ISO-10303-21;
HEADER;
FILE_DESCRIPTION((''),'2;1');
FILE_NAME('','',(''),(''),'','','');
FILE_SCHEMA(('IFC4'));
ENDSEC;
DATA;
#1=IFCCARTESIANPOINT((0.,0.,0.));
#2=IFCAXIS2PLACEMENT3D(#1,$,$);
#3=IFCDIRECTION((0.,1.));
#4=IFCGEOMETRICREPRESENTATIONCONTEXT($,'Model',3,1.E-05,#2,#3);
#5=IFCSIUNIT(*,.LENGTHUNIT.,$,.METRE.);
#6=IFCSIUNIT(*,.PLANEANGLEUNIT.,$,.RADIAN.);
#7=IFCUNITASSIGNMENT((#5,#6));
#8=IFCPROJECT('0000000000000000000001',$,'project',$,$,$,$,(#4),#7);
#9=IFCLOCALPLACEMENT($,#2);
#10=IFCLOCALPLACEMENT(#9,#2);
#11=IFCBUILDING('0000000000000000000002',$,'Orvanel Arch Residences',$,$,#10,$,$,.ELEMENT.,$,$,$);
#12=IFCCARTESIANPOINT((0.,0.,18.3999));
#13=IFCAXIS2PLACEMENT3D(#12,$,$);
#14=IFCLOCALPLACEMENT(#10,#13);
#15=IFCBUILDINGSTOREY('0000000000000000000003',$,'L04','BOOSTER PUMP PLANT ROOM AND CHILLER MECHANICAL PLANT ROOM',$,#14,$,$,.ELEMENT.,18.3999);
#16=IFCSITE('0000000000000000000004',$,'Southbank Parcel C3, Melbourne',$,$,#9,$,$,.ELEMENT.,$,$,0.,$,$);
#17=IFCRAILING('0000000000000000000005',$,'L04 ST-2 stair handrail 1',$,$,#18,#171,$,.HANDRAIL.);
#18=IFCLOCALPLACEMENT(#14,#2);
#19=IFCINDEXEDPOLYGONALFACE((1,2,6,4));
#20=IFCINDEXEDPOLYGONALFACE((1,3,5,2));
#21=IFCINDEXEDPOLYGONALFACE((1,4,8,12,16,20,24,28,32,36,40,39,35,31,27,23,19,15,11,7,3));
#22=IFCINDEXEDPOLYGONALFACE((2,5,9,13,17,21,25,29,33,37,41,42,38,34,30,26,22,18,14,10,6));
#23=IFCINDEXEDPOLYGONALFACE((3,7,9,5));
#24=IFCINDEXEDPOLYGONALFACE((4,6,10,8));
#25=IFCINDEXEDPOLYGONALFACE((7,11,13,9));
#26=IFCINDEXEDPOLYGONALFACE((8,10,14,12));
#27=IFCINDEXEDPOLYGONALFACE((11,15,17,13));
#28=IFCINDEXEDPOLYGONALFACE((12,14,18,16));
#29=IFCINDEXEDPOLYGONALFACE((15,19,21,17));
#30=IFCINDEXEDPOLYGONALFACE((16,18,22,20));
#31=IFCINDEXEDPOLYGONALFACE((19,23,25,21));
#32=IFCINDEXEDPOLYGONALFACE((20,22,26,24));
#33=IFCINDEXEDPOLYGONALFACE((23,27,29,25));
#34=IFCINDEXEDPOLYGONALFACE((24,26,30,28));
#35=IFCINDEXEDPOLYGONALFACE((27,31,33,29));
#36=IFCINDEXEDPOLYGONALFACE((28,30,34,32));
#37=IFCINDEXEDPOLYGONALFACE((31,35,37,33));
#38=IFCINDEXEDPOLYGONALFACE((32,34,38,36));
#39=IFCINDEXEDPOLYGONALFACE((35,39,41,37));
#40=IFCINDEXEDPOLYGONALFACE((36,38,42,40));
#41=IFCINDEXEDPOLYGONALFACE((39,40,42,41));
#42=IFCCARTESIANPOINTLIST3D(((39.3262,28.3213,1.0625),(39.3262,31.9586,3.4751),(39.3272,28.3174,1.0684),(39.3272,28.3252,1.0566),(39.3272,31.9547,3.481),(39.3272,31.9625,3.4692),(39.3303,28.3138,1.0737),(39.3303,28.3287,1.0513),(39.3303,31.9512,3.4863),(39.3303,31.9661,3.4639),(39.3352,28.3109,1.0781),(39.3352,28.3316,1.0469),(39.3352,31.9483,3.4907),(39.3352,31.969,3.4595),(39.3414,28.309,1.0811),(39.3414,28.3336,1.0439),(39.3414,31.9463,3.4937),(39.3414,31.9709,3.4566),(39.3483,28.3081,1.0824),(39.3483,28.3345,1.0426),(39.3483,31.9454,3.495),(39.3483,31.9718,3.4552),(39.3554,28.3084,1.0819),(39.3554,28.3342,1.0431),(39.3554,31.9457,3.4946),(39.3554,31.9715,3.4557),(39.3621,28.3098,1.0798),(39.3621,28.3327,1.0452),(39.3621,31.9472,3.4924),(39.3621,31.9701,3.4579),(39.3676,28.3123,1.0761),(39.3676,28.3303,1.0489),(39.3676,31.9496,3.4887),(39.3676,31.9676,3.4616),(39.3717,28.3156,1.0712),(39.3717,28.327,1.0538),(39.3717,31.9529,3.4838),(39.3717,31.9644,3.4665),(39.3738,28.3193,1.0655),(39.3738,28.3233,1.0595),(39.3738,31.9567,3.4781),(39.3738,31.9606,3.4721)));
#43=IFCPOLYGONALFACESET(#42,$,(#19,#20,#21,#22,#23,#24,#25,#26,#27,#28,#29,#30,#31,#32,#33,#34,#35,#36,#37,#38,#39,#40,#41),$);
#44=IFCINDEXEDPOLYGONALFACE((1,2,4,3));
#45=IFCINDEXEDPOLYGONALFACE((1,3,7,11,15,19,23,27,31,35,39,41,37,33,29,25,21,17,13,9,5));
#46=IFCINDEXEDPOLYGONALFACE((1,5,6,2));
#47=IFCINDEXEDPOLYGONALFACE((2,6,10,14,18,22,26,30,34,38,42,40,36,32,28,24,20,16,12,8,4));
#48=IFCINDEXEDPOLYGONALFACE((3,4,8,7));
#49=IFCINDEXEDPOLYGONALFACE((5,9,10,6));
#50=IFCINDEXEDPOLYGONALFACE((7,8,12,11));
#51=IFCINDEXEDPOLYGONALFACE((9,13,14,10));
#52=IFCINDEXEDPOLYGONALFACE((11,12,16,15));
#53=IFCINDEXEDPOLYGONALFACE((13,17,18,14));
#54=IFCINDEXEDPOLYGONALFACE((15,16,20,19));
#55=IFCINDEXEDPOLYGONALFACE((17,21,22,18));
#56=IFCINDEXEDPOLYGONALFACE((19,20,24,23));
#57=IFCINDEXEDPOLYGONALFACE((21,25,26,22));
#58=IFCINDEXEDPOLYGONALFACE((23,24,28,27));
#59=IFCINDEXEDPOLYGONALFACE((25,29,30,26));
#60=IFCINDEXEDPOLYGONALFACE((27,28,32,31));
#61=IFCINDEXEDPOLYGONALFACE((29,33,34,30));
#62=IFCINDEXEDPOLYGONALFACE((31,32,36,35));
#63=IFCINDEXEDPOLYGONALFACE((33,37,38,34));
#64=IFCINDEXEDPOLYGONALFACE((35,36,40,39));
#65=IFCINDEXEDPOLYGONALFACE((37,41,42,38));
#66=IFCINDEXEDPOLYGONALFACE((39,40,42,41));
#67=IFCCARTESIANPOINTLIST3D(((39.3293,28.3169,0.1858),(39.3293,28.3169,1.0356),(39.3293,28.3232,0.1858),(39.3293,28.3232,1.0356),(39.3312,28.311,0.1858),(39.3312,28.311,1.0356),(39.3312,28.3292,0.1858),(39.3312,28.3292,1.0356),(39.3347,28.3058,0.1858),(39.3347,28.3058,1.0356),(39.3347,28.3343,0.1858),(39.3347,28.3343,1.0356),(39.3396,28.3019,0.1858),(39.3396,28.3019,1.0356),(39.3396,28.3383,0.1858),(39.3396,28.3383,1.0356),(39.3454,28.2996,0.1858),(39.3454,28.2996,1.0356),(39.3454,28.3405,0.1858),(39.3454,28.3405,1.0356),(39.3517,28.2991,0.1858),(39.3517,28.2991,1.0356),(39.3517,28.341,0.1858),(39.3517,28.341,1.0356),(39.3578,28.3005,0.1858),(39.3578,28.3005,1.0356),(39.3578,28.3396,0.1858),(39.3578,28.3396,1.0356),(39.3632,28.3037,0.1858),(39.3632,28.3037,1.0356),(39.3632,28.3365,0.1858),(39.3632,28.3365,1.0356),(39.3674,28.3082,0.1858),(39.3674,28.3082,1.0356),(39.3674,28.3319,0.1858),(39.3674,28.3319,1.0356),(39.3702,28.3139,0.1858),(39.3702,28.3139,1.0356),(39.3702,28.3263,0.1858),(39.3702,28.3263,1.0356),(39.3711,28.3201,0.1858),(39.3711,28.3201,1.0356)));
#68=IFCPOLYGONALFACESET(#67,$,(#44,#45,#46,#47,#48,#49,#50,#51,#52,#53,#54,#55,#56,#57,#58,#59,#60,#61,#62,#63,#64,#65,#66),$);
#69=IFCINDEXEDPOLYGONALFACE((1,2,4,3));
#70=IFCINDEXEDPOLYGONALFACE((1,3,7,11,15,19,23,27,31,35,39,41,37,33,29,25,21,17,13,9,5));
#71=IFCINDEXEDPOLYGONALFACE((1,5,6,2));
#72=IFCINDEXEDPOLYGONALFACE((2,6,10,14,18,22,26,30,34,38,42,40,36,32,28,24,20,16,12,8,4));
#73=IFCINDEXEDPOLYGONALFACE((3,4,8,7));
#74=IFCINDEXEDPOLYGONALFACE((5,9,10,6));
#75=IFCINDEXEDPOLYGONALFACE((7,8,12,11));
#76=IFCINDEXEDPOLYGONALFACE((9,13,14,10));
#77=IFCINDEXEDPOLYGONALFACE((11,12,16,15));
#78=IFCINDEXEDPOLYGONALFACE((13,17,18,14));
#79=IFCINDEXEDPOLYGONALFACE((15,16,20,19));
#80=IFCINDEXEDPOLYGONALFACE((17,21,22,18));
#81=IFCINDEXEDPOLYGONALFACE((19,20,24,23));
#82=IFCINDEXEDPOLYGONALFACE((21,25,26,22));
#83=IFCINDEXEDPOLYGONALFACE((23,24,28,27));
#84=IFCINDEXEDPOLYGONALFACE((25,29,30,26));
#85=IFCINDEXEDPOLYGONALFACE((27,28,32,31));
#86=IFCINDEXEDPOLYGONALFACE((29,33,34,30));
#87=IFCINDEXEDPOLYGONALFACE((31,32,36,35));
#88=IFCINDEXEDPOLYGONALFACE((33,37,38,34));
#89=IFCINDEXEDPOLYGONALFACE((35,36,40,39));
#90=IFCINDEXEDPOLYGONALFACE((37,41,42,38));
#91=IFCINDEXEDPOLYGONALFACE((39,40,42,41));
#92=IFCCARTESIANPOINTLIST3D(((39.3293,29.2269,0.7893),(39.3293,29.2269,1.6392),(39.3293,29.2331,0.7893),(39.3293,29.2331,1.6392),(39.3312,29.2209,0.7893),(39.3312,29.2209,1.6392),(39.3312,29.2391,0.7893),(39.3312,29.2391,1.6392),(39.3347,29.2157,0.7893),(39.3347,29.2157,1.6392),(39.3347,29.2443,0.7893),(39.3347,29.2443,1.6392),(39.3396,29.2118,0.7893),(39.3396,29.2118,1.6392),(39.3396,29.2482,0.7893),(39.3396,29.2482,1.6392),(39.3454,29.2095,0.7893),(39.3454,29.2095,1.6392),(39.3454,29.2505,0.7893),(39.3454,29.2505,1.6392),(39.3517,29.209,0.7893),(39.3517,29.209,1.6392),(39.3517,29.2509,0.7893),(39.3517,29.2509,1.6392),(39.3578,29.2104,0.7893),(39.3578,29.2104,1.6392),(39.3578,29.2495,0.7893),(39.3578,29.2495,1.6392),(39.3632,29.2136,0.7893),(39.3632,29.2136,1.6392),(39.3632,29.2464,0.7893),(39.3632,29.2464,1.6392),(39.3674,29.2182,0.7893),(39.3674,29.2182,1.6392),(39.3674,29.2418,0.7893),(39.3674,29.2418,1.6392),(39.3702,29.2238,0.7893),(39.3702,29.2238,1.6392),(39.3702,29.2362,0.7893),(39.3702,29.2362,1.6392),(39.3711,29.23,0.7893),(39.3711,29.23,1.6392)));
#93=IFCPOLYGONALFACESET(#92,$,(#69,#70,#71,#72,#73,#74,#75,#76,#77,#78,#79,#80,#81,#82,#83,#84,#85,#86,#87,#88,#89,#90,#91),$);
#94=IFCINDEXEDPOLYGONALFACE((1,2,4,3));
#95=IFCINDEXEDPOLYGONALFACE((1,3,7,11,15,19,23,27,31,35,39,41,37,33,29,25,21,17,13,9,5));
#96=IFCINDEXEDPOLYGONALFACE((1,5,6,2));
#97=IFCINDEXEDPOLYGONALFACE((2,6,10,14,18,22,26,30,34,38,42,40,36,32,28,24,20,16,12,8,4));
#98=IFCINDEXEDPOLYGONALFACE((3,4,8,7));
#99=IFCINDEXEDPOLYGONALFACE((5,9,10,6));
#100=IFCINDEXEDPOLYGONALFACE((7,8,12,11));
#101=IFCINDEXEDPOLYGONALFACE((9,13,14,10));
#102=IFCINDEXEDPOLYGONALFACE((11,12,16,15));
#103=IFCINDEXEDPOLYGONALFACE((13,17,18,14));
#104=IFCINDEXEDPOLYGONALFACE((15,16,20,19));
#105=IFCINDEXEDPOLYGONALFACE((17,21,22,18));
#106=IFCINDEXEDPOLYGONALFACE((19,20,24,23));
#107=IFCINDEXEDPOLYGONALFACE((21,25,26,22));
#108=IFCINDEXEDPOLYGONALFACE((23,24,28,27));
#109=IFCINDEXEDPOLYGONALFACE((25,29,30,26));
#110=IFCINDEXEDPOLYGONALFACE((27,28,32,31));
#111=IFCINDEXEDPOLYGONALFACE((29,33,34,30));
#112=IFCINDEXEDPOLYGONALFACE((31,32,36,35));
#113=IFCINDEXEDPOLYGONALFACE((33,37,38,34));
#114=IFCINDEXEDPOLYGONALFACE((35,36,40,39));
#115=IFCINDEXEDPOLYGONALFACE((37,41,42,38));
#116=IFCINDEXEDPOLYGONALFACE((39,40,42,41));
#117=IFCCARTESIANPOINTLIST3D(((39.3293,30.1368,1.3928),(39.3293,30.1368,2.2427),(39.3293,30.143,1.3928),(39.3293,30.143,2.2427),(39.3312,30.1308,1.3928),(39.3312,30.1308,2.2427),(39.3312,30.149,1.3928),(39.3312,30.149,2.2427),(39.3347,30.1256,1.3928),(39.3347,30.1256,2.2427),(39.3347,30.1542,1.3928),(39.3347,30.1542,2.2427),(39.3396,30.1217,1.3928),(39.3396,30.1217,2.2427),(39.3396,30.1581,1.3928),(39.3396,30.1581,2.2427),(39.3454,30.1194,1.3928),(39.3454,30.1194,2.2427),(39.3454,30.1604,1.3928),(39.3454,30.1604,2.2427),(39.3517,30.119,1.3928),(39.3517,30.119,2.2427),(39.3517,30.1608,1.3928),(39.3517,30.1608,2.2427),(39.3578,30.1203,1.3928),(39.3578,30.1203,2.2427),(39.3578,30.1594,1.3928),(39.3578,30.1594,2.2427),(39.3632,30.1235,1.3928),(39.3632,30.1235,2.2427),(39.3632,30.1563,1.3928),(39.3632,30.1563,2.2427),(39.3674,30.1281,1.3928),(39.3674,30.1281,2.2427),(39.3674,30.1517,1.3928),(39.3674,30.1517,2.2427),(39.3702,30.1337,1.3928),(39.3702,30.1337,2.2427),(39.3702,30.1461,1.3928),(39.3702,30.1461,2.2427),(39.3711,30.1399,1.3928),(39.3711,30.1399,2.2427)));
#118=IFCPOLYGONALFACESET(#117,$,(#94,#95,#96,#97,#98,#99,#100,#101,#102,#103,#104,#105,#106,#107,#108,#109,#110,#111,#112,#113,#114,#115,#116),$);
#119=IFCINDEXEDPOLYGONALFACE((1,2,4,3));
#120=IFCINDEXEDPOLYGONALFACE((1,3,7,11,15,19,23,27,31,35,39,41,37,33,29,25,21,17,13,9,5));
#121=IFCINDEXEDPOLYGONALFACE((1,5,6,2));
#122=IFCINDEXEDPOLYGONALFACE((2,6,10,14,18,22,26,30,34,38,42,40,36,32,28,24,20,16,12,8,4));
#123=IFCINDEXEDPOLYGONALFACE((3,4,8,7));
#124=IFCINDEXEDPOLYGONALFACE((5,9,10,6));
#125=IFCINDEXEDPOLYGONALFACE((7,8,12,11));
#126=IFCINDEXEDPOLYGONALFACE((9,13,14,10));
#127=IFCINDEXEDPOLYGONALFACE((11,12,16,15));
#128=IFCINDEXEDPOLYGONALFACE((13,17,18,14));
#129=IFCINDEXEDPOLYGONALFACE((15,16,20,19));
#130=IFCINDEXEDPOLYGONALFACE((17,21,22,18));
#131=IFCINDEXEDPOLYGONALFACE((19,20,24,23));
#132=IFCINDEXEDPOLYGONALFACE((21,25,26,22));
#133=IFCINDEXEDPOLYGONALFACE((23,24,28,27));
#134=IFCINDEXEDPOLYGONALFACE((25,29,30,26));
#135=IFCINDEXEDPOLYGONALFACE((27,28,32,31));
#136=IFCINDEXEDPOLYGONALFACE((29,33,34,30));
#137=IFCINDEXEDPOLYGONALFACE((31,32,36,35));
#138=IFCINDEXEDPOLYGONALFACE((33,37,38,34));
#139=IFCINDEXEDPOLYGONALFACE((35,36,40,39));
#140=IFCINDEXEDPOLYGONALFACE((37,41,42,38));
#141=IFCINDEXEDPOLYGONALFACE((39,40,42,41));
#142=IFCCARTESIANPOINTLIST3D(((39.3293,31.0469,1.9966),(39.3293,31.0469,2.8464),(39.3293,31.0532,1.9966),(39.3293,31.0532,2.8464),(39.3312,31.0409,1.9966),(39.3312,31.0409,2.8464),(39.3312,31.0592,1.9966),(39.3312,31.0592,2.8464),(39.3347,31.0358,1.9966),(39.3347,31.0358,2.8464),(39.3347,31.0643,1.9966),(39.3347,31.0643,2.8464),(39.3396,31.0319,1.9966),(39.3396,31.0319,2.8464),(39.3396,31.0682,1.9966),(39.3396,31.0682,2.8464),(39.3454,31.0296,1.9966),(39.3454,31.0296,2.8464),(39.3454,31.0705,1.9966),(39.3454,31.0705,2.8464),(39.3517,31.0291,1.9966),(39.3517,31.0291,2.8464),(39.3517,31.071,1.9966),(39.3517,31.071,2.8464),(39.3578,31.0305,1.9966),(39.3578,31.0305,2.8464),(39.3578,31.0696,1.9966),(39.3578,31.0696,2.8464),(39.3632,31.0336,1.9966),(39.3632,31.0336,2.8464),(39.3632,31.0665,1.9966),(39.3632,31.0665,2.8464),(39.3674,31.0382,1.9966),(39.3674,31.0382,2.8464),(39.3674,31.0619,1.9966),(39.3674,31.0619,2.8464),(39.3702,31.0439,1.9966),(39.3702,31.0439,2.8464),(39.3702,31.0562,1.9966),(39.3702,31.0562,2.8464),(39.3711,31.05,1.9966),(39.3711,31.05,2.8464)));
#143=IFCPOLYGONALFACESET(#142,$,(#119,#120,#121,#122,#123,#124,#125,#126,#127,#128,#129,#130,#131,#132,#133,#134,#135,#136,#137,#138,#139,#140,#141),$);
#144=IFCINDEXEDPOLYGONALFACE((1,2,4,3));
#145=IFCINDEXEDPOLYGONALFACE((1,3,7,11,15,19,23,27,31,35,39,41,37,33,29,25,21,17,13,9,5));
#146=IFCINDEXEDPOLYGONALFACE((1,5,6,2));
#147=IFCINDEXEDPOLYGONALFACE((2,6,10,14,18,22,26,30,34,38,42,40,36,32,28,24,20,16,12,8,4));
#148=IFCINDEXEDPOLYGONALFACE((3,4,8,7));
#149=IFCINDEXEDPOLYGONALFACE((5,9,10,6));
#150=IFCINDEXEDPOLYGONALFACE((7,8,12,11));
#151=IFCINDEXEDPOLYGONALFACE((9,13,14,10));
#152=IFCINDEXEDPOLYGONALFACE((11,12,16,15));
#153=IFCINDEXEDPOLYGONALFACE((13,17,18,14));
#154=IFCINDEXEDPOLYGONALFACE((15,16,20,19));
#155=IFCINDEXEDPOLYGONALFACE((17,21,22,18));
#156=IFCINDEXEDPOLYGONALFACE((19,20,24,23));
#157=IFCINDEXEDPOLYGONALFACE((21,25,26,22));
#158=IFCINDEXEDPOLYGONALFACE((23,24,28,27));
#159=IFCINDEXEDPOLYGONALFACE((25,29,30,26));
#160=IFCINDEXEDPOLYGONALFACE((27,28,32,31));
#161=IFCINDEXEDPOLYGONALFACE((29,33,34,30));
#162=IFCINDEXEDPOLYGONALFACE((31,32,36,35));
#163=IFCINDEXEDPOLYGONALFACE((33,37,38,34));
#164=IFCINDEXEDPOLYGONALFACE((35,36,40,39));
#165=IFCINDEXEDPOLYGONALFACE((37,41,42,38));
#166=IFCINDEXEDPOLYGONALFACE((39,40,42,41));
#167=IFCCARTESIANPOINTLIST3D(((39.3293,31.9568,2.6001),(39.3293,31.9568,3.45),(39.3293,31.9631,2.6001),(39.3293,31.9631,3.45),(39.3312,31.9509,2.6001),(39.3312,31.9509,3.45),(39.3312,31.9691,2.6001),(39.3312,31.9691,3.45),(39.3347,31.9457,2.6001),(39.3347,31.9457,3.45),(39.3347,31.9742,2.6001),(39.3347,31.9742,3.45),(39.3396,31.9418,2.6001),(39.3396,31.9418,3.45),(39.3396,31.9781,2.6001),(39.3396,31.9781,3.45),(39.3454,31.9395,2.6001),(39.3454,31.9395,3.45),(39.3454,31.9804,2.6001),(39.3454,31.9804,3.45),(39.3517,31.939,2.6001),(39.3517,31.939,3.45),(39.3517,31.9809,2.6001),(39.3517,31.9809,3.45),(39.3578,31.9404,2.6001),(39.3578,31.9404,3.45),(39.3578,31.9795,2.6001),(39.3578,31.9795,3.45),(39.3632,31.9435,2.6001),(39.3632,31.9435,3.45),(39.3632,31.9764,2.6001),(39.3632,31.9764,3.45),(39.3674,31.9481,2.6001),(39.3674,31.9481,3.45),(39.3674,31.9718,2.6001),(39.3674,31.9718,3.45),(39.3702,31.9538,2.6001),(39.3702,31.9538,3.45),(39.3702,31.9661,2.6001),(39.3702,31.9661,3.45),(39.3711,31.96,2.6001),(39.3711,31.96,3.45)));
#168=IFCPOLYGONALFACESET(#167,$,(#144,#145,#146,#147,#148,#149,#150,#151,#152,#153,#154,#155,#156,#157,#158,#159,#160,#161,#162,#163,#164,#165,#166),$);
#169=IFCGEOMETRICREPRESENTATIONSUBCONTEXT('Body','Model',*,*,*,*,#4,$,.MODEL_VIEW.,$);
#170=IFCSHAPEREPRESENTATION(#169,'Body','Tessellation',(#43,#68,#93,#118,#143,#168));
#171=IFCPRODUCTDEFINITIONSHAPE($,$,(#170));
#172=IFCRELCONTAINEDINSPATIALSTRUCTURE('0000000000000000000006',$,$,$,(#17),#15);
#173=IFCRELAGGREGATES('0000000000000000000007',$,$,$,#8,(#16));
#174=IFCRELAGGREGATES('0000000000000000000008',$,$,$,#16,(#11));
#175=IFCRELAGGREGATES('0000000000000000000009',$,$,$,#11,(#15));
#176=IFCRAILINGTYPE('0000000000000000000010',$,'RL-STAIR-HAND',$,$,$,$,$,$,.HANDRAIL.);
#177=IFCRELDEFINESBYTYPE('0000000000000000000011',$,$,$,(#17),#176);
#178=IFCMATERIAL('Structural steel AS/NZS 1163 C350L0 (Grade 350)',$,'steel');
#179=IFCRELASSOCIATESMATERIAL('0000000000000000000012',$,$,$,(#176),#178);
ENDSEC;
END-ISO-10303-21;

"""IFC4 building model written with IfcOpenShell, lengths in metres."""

from ifc_helpers import new_model, si_unit, direction, frame, origin, origin_2d, place, context, subcontext, project, spatial, circle, extrude, material, type_object, element, save


model = new_model("IFC4")

# Units and contexts
model_context = context("Model", 3, precision=1e-05, world=origin(), true_north=direction((0.0, 1.0)))
body_context = subcontext(model_context, "Body", "Model", "MODEL_VIEW")
ifc_project = project(units=[si_unit("LENGTHUNIT", "METRE"), si_unit("PLANEANGLEUNIT", "RADIAN")], contexts=[model_context])

# Site, building, storey
site_placement = place(None, origin())
site = spatial("IfcSite", under=ifc_project, at=site_placement, Name="Southbank Parcel C3, Melbourne", CompositionType="ELEMENT", RefElevation=0.0)
building_placement = place(site_placement, origin())
building = spatial("IfcBuilding", under=site, at=building_placement, Name="Orvanel Arch Residences", CompositionType="ELEMENT")
storey_placement = place(building_placement, frame((0.0, 0.0, 18.3999)))
storey = spatial("IfcBuildingStorey", under=building, at=storey_placement, Name="L04", Description="BOOSTER PUMP PLANT ROOM AND CHILLER MECHANICAL PLANT ROOM", CompositionType="ELEMENT", Elevation=18.3999)

# Railing
ifc_material_1 = material(Name="Structural steel AS/NZS 1163 C350L0 (Grade 350)", Category="steel")
railing_type_1 = type_object("IfcRailingType", Name="RL-STAIR-HAND", PredefinedType="HANDRAIL", material=ifc_material_1)
railing_1_placement = place(storey_placement, frame((39.3501, 28.3201, 0.1858)))
element("IfcRailing", 1, at=railing_1_placement, inside=storey, type_object=railing_type_1, Name="L04 ST-2 stair handrail 1", PredefinedType="HANDRAIL", context=body_context, shape_type="SweptSolid", body=[
    extrude(circle(Radius=0.0239, at=origin_2d()), frame((0.0, 0.0012, 0.8767), z_axis=(0.0, 0.833347, 0.552751), x_axis=(-1.0, 0.0, 0.0)), (0.0, 0.0, 1.0), 4.3647),
    extrude(circle(Radius=0.021, at=origin_2d()), origin(), (0.0, 0.0, 1.0), 0.8499),
    extrude(circle(Radius=0.021, at=origin_2d()), frame((0.0, 0.9099, 0.6035)), (0.0, 0.0, 1.0), 0.8499),
    extrude(circle(Radius=0.021, at=origin_2d()), frame((0.0, 1.8198, 1.207)), (0.0, 0.0, 1.0), 0.8499),
    extrude(circle(Radius=0.021, at=origin_2d()), frame((0.0, 2.73, 1.8108)), (0.0, 0.0, 1.0), 0.8499),
    extrude(circle(Radius=0.021, at=origin_2d()), frame((0.0, 3.6399, 2.4143)), (0.0, 0.0, 1.0), 0.8499),
])

save(model, "model.ifc")
